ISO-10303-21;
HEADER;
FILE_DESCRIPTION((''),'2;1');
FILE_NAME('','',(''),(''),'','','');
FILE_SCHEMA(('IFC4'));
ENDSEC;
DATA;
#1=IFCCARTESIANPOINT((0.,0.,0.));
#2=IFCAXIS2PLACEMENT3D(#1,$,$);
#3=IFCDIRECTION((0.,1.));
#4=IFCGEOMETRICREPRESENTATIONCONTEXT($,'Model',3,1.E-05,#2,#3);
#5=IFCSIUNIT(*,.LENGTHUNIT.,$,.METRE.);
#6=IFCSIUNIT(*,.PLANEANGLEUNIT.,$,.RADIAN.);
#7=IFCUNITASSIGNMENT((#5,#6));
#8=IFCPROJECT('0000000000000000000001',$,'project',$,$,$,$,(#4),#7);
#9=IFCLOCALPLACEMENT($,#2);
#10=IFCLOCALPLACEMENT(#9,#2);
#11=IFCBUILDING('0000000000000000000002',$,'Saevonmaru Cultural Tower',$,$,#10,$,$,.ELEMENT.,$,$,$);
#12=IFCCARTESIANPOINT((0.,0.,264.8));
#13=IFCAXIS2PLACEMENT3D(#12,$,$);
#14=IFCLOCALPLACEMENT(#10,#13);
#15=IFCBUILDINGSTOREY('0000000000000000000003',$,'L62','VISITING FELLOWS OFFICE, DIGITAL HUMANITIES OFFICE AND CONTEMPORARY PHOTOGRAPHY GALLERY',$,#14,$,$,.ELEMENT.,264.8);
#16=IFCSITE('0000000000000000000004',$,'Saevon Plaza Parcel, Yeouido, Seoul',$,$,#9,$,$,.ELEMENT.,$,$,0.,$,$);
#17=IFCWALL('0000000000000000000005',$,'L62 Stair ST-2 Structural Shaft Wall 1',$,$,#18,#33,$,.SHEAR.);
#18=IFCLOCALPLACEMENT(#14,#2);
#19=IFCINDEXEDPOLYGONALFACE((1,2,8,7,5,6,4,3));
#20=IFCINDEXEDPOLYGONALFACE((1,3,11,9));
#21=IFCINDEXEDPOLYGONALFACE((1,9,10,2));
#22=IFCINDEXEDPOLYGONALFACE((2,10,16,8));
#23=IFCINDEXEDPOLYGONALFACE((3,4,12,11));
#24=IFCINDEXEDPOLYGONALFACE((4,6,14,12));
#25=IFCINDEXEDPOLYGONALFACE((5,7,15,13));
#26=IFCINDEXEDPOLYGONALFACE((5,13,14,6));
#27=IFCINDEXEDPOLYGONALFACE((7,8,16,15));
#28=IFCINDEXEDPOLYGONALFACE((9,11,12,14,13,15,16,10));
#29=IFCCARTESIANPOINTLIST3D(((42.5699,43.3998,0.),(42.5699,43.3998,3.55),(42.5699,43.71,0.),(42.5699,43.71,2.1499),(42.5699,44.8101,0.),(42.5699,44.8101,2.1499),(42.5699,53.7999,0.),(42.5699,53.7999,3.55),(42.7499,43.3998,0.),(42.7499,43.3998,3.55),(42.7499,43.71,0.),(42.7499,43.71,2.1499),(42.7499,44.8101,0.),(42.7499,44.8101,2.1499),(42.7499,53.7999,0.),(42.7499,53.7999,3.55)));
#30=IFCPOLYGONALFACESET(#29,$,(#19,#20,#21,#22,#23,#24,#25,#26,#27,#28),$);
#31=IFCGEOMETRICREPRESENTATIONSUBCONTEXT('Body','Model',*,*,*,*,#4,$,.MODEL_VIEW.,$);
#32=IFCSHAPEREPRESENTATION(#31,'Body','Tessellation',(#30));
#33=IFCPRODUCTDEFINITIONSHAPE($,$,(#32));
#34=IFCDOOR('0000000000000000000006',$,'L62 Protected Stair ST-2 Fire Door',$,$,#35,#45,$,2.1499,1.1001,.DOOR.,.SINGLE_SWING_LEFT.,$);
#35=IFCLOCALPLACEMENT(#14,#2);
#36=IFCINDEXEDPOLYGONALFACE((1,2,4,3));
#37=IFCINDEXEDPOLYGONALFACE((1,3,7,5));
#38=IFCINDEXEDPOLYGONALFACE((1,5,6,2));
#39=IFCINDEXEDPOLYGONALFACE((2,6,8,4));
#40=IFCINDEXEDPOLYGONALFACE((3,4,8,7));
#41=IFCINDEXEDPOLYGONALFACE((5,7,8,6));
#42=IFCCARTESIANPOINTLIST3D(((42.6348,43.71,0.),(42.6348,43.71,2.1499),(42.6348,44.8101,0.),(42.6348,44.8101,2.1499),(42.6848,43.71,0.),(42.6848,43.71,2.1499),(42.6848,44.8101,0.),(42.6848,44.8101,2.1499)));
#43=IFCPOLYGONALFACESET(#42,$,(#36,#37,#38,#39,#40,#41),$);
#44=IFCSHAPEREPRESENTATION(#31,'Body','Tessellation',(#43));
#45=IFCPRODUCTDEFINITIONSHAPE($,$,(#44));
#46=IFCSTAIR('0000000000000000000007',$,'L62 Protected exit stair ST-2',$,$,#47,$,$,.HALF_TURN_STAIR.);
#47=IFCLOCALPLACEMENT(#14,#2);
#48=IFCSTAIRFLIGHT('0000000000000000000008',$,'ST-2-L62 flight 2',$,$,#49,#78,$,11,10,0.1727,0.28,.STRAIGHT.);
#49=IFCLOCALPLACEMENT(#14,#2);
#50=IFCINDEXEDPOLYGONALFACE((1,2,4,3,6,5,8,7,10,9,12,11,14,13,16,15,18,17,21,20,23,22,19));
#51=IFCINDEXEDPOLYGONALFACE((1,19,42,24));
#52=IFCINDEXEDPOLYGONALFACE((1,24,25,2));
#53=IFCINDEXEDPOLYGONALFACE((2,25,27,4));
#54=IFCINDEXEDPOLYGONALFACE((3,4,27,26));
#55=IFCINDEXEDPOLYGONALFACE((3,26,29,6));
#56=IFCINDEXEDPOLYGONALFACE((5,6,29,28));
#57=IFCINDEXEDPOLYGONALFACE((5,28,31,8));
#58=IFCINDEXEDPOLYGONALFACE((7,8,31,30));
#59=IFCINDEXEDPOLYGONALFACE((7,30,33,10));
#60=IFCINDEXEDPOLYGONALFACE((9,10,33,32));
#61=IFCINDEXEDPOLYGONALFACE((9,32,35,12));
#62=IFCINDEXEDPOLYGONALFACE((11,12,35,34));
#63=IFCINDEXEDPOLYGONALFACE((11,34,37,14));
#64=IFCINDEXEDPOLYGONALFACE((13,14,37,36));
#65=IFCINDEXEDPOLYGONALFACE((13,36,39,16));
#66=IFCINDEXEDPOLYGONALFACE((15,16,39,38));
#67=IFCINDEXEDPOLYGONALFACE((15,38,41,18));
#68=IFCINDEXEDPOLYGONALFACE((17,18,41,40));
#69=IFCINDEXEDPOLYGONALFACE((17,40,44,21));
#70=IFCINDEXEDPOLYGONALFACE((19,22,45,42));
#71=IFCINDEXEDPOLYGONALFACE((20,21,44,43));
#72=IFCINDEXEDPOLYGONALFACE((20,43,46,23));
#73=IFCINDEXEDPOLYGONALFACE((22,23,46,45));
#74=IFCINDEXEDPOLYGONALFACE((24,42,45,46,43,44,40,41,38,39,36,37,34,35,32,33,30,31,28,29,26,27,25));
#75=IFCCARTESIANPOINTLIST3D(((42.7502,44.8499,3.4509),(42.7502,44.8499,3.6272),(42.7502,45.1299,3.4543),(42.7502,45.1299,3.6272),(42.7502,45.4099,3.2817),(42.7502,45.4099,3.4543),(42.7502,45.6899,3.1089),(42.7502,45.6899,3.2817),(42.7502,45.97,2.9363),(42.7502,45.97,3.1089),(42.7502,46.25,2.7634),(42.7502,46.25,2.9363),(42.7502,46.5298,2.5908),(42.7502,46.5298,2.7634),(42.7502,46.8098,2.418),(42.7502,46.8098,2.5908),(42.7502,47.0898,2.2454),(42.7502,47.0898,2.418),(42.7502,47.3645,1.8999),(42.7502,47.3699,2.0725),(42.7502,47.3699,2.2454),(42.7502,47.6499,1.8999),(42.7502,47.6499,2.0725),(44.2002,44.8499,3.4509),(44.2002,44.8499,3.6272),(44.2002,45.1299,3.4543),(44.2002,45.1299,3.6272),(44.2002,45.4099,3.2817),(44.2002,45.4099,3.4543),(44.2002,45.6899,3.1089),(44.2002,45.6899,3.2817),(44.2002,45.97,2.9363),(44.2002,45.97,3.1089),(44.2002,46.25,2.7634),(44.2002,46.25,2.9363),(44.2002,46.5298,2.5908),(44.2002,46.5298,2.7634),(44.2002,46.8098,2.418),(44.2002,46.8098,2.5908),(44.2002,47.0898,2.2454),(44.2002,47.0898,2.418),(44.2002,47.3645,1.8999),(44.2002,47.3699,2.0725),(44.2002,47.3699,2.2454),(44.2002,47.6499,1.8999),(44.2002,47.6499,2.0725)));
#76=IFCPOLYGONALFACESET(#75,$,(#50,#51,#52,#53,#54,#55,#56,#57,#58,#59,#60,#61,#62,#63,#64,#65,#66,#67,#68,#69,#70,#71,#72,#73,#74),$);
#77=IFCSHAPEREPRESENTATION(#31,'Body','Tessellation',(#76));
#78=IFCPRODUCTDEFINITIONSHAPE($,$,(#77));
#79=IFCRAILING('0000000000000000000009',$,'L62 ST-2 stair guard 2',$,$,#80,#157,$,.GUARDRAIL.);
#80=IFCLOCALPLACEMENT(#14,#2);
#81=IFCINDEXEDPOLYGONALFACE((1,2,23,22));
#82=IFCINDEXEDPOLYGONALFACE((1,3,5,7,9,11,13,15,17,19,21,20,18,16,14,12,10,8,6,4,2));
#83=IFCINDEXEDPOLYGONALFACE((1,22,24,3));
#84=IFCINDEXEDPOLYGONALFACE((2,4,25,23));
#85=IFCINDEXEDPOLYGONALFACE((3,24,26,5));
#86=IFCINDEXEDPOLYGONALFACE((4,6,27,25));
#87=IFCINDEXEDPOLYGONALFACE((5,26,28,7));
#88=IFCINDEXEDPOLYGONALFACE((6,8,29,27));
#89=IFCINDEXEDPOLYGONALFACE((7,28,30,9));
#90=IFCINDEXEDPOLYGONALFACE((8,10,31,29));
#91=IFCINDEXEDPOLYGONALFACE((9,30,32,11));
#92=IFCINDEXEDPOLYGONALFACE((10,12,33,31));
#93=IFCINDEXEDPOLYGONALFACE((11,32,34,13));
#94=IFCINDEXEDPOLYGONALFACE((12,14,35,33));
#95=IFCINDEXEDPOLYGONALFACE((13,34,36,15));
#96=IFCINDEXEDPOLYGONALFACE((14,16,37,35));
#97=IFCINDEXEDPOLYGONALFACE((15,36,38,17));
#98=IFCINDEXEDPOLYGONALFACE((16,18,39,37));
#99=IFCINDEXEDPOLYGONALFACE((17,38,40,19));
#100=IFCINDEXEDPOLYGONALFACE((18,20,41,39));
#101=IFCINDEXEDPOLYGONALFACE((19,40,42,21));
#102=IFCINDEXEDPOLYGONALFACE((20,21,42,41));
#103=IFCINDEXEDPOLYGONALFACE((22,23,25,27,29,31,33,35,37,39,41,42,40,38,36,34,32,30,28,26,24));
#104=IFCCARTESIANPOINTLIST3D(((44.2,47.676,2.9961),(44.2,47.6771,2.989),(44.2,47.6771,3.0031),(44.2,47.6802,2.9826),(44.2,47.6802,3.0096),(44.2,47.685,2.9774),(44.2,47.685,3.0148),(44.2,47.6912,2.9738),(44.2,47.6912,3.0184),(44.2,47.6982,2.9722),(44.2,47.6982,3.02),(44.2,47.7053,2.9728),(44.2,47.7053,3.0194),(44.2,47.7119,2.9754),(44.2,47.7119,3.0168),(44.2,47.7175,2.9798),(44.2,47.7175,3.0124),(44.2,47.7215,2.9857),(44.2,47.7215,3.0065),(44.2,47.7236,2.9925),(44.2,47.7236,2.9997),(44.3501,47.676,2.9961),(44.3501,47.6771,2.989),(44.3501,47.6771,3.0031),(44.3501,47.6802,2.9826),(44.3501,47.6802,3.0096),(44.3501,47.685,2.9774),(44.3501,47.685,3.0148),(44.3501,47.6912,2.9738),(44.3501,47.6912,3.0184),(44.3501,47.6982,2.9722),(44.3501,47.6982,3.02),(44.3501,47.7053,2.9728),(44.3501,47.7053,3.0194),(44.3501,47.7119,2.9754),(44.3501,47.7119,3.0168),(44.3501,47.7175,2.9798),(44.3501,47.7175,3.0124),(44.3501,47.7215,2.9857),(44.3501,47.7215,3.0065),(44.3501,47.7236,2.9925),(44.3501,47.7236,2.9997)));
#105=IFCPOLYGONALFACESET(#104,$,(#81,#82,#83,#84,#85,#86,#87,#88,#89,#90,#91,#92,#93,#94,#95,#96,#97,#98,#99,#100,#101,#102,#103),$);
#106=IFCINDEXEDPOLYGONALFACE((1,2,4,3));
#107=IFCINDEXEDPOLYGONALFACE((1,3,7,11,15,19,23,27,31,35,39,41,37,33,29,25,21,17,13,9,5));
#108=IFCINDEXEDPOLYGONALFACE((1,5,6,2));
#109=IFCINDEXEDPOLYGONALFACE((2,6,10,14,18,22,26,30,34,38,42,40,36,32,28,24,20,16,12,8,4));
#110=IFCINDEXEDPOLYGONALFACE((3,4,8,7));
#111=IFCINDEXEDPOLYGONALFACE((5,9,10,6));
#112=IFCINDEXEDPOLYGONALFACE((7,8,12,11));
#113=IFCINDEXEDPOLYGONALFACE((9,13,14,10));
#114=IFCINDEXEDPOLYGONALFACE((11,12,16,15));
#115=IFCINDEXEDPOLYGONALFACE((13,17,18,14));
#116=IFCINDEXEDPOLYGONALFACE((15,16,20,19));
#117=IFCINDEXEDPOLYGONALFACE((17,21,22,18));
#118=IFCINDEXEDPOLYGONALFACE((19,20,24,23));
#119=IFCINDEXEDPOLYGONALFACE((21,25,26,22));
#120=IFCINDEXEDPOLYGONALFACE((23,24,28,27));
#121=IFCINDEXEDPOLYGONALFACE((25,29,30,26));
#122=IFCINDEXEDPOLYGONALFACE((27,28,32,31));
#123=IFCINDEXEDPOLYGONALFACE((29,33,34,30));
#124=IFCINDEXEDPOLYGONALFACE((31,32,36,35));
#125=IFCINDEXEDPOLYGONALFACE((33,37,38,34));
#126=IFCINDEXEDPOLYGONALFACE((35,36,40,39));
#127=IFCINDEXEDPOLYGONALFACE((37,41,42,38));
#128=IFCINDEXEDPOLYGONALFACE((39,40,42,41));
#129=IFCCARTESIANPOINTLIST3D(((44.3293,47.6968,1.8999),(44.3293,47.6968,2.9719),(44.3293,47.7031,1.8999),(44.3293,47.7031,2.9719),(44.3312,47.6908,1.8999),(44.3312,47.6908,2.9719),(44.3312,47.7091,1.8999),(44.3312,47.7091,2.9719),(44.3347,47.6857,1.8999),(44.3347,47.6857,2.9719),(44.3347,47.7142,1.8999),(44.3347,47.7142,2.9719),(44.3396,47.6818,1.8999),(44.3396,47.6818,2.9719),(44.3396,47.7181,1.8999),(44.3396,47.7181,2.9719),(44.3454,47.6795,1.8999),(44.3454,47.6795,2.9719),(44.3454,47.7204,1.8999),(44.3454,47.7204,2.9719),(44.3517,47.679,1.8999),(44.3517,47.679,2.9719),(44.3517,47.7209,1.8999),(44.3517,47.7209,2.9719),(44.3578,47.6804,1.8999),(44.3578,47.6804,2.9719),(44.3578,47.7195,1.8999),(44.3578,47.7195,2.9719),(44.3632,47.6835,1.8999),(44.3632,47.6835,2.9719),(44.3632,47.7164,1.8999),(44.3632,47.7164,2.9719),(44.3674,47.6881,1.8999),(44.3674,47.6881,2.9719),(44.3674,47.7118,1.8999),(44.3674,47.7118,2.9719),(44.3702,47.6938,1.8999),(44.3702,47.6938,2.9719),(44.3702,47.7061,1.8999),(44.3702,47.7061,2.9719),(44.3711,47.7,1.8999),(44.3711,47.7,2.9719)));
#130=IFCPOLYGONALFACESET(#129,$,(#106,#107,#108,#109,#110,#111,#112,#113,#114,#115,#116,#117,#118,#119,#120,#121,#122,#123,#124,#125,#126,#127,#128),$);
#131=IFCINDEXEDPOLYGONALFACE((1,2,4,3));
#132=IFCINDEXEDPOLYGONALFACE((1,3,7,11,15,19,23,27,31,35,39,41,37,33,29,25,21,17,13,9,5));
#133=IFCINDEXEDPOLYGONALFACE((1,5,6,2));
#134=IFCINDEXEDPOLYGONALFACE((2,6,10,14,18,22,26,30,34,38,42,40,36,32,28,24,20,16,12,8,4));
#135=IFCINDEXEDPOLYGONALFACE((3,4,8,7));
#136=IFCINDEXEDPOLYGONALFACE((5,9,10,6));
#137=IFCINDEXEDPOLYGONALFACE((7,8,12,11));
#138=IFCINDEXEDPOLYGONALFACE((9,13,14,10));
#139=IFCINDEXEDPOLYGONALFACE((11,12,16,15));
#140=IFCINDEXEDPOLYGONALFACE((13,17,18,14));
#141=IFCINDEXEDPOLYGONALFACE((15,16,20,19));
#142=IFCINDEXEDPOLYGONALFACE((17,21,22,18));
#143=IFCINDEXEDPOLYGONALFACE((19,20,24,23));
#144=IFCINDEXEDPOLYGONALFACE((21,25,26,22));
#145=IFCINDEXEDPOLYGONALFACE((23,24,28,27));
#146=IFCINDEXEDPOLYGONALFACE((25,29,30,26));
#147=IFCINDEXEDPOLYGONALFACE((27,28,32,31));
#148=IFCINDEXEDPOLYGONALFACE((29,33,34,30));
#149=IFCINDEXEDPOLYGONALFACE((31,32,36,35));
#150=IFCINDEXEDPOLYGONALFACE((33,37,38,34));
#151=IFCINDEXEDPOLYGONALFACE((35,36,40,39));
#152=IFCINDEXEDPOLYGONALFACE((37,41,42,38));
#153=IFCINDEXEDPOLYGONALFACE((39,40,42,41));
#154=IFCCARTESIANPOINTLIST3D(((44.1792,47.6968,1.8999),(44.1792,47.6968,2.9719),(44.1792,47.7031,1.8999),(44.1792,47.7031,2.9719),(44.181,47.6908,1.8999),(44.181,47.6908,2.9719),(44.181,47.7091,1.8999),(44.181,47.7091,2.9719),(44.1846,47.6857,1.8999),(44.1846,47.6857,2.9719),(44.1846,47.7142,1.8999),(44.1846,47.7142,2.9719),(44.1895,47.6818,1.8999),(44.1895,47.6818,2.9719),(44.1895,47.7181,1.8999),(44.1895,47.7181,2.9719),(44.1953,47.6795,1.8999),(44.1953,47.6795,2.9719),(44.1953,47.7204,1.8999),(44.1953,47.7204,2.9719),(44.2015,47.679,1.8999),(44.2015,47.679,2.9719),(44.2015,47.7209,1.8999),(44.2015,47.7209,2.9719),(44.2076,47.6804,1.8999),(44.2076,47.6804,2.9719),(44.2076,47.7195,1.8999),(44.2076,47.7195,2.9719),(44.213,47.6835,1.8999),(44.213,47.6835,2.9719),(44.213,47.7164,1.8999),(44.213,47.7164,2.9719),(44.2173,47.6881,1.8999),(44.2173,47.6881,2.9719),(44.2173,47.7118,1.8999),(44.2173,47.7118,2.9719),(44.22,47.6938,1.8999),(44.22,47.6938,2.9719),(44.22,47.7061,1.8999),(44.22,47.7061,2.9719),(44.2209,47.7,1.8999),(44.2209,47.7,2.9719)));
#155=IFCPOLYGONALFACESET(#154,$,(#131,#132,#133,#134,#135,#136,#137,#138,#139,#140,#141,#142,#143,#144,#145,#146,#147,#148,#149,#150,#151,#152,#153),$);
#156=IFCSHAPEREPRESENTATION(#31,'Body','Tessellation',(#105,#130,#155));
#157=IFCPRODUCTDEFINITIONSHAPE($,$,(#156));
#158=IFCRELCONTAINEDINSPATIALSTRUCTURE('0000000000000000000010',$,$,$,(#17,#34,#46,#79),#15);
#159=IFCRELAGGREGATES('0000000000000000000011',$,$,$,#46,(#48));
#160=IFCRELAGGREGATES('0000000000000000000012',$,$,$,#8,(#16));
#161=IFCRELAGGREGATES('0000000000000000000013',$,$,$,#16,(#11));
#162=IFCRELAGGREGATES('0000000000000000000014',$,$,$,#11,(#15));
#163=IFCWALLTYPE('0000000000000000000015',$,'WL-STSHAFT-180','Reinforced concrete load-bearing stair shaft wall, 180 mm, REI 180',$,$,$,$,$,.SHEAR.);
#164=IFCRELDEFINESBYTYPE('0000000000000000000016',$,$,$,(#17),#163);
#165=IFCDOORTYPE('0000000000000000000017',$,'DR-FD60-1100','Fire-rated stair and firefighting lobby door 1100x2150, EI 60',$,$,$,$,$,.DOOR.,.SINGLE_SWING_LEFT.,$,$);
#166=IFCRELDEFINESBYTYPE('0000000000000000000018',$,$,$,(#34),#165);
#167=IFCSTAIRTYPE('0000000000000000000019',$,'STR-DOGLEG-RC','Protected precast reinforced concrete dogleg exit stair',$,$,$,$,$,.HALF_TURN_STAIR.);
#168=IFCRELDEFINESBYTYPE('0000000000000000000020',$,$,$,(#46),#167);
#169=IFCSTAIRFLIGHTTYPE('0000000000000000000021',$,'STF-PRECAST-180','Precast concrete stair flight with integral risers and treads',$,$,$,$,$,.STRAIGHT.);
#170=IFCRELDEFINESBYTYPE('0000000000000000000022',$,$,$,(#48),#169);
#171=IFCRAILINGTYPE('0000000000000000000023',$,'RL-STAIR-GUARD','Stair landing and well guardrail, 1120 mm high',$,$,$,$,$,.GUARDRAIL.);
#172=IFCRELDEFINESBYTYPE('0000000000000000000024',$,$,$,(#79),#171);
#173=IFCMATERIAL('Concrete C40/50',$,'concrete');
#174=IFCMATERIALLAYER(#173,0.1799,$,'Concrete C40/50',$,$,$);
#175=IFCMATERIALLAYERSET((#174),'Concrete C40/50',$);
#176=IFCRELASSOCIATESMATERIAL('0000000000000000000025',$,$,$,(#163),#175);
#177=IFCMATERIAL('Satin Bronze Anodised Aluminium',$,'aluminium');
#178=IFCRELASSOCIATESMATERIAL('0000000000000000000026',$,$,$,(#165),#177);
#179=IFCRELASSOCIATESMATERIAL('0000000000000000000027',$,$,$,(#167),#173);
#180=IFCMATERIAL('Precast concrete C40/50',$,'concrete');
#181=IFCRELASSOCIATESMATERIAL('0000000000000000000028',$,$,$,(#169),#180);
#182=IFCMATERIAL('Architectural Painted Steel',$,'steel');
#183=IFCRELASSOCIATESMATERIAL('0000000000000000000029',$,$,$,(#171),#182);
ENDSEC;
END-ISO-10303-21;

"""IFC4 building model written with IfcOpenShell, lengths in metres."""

from ifc_helpers import new_model, si_unit, direction, frame, frame_2d, origin, origin_2d, place, context, subcontext, project, spatial, polyline, rectangle, circle, outline, extrude, material, layer, layer_set, type_object, element, fill, aggregate, save


model = new_model("IFC4")

# Units and contexts
model_context = context("Model", 3, precision=1e-05, world=origin(), true_north=direction((0.0, 1.0)))
body_context = subcontext(model_context, "Body", "Model", "MODEL_VIEW")
ifc_project = project(units=[si_unit("LENGTHUNIT", "METRE"), si_unit("PLANEANGLEUNIT", "RADIAN")], contexts=[model_context])

# Site, building, storey
site_placement = place(None, origin())
site = spatial("IfcSite", under=ifc_project, at=site_placement, Name="Saevon Plaza Parcel, Yeouido, Seoul", CompositionType="ELEMENT", RefElevation=0.0)
building_placement = place(site_placement, origin())
building = spatial("IfcBuilding", under=site, at=building_placement, Name="Saevonmaru Cultural Tower", CompositionType="ELEMENT")
storey_placement = place(building_placement, frame((0.0, 0.0, 264.8)))
storey = spatial("IfcBuildingStorey", under=building, at=storey_placement, Name="L62", Description="VISITING FELLOWS OFFICE, DIGITAL HUMANITIES OFFICE AND CONTEMPORARY PHOTOGRAPHY GALLERY", CompositionType="ELEMENT", Elevation=264.8)

# Shared definitions
ifc_material_1 = material(Name="Satin Bronze Anodised Aluminium", Category="aluminium")

# Shared definitions
ifc_material_2 = material(Name="Concrete C40/50", Category="concrete")

# Wall, opening, door
ifc_layer_1 = layer(ifc_material_2, 0.1799, Name="Concrete C40/50")
ifc_layer_set_1 = layer_set([ifc_layer_1], Name="Concrete C40/50")
wall_type_1 = type_object("IfcWallType", Name="WL-STSHAFT-180", Description="Reinforced concrete load-bearing stair shaft wall, 180 mm, REI 180", PredefinedType="SHEAR", material=ifc_layer_set_1)
wall_1_placement = place(storey_placement, frame((42.6599, 53.8, 0.0), z_axis=(0.0, 0.0, 1.0), x_axis=(0.0, -1.0, 0.0)))
wall_1 = element("IfcWall", 1, at=wall_1_placement, inside=storey, type_object=wall_type_1, Name="L62 Stair ST-2 Structural Shaft Wall 1", PredefinedType="SHEAR", context=body_context, shape_type="SweptSolid", body=[
    extrude(rectangle(XDim=10.4001, YDim=0.1799, at=frame_2d((5.2002, 0.0))), origin(), (0.0, 0.0, 1.0), 3.55),
])
opening_1_placement = place(wall_1_placement, frame((8.99, 0.0, 0.0)))
opening_1 = element("IfcOpeningElement", 2, at=opening_1_placement, cuts=wall_1, PredefinedType="OPENING", context=body_context, shape_type="SweptSolid", body=[
    extrude(rectangle(XDim=1.1001, YDim=2.1499, at=frame_2d((0.55, 1.075))), frame((0.0, 0.1001, 0.0), z_axis=(0.0, -1.0, 0.0), x_axis=(1.0, 0.0, 0.0)), (0.0, 0.0, 1.0), 0.2),
])
door_type_1 = type_object("IfcDoorType", Name="DR-FD60-1100", Description="Fire-rated stair and firefighting lobby door 1100x2150, EI 60", OperationType="SINGLE_SWING_LEFT", PredefinedType="DOOR", material=ifc_material_1)
door_1_placement = place(opening_1_placement, origin())
door_1 = element("IfcDoor", 3, at=door_1_placement, inside=storey, type_object=door_type_1, Name="L62 Protected Stair ST-2 Fire Door", OperationType="SINGLE_SWING_LEFT", OverallHeight=2.1499, OverallWidth=1.1001, PredefinedType="DOOR", context=body_context, shape_type="SweptSolid", body=[
    extrude(rectangle(XDim=1.1001, YDim=2.1499, at=frame_2d((0.55, 1.075))), frame((0.0, 0.0249, 0.0), z_axis=(0.0, -1.0, 0.0), x_axis=(1.0, 0.0, 0.0)), (0.0, 0.0, 1.0), 0.05),
])
fill(opening_1, door_1)

# Stair, stair flight
stair_type = type_object("IfcStairType", Name="STR-DOGLEG-RC", Description="Protected precast reinforced concrete dogleg exit stair", PredefinedType="HALF_TURN_STAIR", material=ifc_material_2)
stair_placement = place(storey_placement, origin())
stair = element("IfcStair", 4, at=stair_placement, inside=storey, type_object=stair_type, Name="L62 Protected exit stair ST-2", PredefinedType="HALF_TURN_STAIR")
ifc_material_3 = material(Name="Precast concrete C40/50", Category="concrete")
stair_flight_type = type_object("IfcStairFlightType", Name="STF-PRECAST-180", Description="Precast concrete stair flight with integral risers and treads", PredefinedType="STRAIGHT", material=ifc_material_3)
stair_flight_placement = place(storey_placement, frame((43.4751, 47.6499, 1.8999), z_axis=(0.0, 0.0, 1.0), x_axis=(0.0, -1.0, 0.0)))
stair_flight = element("IfcStairFlight", 5, at=stair_flight_placement, type_object=stair_flight_type, Name="ST-2-L62 flight 2", NumberOfRisers=11, NumberOfTreads=10, PredefinedType="STRAIGHT", RiserHeight=0.1727, TreadLength=0.28, context=body_context, shape_type="SweptSolid", body=[
    extrude(outline(polyline([(0.0, 0.0), (0.0, 0.1726), (0.28, 0.1726), (0.28, 0.3455), (0.5601, 0.3455), (0.5601, 0.5181), (0.8401, 0.5181), (0.8401, 0.6909), (1.1201, 0.6909), (1.1201, 0.8635), (1.3999, 0.8635), (1.3999, 1.0364), (1.6799, 1.0364), (1.6799, 1.209), (1.96, 1.209), (1.96, 1.3818), (2.24, 1.3818), (2.24, 1.5544), (2.52, 1.5544), (2.52, 1.7273), (2.8, 1.7273), (2.8, 1.8999), (2.8, 1.551), (0.2854, 0.0), (0.0, 0.0)])), frame((0.0, 0.7251, 0.0), z_axis=(0.0, -1.0, 0.0), x_axis=(1.0, 0.0, 0.0)), (0.0, 0.0, 1.0), 1.45),
])
aggregate(stair, [stair_flight])

# Railing
ifc_material_4 = material(Name="Architectural Painted Steel", Category="steel")
railing_type_1 = type_object("IfcRailingType", Name="RL-STAIR-GUARD", Description="Stair landing and well guardrail, 1120 mm high", PredefinedType="GUARDRAIL", material=ifc_material_4)
railing_1_placement = place(storey_placement, frame((44.3501, 47.7, 1.8999)))
element("IfcRailing", 6, at=railing_1_placement, inside=storey, type_object=railing_type_1, Name="L62 ST-2 stair guard 2", PredefinedType="GUARDRAIL", context=body_context, shape_type="SweptSolid", body=[
    extrude(circle(Radius=0.0239, at=origin_2d()), frame((0.0, 0.0, 1.0962), z_axis=(-1.0, 0.0, 0.0), x_axis=(0.0, -1.0, 0.0)), (0.0, 0.0, 1.0), 0.1501),
    extrude(circle(Radius=0.021, at=origin_2d()), origin(), (0.0, 0.0, 1.0), 1.072),
    extrude(circle(Radius=0.021, at=origin_2d()), frame((-0.1501, 0.0, 0.0)), (0.0, 0.0, 1.0), 1.072),
])

save(model, "model.ifc")
